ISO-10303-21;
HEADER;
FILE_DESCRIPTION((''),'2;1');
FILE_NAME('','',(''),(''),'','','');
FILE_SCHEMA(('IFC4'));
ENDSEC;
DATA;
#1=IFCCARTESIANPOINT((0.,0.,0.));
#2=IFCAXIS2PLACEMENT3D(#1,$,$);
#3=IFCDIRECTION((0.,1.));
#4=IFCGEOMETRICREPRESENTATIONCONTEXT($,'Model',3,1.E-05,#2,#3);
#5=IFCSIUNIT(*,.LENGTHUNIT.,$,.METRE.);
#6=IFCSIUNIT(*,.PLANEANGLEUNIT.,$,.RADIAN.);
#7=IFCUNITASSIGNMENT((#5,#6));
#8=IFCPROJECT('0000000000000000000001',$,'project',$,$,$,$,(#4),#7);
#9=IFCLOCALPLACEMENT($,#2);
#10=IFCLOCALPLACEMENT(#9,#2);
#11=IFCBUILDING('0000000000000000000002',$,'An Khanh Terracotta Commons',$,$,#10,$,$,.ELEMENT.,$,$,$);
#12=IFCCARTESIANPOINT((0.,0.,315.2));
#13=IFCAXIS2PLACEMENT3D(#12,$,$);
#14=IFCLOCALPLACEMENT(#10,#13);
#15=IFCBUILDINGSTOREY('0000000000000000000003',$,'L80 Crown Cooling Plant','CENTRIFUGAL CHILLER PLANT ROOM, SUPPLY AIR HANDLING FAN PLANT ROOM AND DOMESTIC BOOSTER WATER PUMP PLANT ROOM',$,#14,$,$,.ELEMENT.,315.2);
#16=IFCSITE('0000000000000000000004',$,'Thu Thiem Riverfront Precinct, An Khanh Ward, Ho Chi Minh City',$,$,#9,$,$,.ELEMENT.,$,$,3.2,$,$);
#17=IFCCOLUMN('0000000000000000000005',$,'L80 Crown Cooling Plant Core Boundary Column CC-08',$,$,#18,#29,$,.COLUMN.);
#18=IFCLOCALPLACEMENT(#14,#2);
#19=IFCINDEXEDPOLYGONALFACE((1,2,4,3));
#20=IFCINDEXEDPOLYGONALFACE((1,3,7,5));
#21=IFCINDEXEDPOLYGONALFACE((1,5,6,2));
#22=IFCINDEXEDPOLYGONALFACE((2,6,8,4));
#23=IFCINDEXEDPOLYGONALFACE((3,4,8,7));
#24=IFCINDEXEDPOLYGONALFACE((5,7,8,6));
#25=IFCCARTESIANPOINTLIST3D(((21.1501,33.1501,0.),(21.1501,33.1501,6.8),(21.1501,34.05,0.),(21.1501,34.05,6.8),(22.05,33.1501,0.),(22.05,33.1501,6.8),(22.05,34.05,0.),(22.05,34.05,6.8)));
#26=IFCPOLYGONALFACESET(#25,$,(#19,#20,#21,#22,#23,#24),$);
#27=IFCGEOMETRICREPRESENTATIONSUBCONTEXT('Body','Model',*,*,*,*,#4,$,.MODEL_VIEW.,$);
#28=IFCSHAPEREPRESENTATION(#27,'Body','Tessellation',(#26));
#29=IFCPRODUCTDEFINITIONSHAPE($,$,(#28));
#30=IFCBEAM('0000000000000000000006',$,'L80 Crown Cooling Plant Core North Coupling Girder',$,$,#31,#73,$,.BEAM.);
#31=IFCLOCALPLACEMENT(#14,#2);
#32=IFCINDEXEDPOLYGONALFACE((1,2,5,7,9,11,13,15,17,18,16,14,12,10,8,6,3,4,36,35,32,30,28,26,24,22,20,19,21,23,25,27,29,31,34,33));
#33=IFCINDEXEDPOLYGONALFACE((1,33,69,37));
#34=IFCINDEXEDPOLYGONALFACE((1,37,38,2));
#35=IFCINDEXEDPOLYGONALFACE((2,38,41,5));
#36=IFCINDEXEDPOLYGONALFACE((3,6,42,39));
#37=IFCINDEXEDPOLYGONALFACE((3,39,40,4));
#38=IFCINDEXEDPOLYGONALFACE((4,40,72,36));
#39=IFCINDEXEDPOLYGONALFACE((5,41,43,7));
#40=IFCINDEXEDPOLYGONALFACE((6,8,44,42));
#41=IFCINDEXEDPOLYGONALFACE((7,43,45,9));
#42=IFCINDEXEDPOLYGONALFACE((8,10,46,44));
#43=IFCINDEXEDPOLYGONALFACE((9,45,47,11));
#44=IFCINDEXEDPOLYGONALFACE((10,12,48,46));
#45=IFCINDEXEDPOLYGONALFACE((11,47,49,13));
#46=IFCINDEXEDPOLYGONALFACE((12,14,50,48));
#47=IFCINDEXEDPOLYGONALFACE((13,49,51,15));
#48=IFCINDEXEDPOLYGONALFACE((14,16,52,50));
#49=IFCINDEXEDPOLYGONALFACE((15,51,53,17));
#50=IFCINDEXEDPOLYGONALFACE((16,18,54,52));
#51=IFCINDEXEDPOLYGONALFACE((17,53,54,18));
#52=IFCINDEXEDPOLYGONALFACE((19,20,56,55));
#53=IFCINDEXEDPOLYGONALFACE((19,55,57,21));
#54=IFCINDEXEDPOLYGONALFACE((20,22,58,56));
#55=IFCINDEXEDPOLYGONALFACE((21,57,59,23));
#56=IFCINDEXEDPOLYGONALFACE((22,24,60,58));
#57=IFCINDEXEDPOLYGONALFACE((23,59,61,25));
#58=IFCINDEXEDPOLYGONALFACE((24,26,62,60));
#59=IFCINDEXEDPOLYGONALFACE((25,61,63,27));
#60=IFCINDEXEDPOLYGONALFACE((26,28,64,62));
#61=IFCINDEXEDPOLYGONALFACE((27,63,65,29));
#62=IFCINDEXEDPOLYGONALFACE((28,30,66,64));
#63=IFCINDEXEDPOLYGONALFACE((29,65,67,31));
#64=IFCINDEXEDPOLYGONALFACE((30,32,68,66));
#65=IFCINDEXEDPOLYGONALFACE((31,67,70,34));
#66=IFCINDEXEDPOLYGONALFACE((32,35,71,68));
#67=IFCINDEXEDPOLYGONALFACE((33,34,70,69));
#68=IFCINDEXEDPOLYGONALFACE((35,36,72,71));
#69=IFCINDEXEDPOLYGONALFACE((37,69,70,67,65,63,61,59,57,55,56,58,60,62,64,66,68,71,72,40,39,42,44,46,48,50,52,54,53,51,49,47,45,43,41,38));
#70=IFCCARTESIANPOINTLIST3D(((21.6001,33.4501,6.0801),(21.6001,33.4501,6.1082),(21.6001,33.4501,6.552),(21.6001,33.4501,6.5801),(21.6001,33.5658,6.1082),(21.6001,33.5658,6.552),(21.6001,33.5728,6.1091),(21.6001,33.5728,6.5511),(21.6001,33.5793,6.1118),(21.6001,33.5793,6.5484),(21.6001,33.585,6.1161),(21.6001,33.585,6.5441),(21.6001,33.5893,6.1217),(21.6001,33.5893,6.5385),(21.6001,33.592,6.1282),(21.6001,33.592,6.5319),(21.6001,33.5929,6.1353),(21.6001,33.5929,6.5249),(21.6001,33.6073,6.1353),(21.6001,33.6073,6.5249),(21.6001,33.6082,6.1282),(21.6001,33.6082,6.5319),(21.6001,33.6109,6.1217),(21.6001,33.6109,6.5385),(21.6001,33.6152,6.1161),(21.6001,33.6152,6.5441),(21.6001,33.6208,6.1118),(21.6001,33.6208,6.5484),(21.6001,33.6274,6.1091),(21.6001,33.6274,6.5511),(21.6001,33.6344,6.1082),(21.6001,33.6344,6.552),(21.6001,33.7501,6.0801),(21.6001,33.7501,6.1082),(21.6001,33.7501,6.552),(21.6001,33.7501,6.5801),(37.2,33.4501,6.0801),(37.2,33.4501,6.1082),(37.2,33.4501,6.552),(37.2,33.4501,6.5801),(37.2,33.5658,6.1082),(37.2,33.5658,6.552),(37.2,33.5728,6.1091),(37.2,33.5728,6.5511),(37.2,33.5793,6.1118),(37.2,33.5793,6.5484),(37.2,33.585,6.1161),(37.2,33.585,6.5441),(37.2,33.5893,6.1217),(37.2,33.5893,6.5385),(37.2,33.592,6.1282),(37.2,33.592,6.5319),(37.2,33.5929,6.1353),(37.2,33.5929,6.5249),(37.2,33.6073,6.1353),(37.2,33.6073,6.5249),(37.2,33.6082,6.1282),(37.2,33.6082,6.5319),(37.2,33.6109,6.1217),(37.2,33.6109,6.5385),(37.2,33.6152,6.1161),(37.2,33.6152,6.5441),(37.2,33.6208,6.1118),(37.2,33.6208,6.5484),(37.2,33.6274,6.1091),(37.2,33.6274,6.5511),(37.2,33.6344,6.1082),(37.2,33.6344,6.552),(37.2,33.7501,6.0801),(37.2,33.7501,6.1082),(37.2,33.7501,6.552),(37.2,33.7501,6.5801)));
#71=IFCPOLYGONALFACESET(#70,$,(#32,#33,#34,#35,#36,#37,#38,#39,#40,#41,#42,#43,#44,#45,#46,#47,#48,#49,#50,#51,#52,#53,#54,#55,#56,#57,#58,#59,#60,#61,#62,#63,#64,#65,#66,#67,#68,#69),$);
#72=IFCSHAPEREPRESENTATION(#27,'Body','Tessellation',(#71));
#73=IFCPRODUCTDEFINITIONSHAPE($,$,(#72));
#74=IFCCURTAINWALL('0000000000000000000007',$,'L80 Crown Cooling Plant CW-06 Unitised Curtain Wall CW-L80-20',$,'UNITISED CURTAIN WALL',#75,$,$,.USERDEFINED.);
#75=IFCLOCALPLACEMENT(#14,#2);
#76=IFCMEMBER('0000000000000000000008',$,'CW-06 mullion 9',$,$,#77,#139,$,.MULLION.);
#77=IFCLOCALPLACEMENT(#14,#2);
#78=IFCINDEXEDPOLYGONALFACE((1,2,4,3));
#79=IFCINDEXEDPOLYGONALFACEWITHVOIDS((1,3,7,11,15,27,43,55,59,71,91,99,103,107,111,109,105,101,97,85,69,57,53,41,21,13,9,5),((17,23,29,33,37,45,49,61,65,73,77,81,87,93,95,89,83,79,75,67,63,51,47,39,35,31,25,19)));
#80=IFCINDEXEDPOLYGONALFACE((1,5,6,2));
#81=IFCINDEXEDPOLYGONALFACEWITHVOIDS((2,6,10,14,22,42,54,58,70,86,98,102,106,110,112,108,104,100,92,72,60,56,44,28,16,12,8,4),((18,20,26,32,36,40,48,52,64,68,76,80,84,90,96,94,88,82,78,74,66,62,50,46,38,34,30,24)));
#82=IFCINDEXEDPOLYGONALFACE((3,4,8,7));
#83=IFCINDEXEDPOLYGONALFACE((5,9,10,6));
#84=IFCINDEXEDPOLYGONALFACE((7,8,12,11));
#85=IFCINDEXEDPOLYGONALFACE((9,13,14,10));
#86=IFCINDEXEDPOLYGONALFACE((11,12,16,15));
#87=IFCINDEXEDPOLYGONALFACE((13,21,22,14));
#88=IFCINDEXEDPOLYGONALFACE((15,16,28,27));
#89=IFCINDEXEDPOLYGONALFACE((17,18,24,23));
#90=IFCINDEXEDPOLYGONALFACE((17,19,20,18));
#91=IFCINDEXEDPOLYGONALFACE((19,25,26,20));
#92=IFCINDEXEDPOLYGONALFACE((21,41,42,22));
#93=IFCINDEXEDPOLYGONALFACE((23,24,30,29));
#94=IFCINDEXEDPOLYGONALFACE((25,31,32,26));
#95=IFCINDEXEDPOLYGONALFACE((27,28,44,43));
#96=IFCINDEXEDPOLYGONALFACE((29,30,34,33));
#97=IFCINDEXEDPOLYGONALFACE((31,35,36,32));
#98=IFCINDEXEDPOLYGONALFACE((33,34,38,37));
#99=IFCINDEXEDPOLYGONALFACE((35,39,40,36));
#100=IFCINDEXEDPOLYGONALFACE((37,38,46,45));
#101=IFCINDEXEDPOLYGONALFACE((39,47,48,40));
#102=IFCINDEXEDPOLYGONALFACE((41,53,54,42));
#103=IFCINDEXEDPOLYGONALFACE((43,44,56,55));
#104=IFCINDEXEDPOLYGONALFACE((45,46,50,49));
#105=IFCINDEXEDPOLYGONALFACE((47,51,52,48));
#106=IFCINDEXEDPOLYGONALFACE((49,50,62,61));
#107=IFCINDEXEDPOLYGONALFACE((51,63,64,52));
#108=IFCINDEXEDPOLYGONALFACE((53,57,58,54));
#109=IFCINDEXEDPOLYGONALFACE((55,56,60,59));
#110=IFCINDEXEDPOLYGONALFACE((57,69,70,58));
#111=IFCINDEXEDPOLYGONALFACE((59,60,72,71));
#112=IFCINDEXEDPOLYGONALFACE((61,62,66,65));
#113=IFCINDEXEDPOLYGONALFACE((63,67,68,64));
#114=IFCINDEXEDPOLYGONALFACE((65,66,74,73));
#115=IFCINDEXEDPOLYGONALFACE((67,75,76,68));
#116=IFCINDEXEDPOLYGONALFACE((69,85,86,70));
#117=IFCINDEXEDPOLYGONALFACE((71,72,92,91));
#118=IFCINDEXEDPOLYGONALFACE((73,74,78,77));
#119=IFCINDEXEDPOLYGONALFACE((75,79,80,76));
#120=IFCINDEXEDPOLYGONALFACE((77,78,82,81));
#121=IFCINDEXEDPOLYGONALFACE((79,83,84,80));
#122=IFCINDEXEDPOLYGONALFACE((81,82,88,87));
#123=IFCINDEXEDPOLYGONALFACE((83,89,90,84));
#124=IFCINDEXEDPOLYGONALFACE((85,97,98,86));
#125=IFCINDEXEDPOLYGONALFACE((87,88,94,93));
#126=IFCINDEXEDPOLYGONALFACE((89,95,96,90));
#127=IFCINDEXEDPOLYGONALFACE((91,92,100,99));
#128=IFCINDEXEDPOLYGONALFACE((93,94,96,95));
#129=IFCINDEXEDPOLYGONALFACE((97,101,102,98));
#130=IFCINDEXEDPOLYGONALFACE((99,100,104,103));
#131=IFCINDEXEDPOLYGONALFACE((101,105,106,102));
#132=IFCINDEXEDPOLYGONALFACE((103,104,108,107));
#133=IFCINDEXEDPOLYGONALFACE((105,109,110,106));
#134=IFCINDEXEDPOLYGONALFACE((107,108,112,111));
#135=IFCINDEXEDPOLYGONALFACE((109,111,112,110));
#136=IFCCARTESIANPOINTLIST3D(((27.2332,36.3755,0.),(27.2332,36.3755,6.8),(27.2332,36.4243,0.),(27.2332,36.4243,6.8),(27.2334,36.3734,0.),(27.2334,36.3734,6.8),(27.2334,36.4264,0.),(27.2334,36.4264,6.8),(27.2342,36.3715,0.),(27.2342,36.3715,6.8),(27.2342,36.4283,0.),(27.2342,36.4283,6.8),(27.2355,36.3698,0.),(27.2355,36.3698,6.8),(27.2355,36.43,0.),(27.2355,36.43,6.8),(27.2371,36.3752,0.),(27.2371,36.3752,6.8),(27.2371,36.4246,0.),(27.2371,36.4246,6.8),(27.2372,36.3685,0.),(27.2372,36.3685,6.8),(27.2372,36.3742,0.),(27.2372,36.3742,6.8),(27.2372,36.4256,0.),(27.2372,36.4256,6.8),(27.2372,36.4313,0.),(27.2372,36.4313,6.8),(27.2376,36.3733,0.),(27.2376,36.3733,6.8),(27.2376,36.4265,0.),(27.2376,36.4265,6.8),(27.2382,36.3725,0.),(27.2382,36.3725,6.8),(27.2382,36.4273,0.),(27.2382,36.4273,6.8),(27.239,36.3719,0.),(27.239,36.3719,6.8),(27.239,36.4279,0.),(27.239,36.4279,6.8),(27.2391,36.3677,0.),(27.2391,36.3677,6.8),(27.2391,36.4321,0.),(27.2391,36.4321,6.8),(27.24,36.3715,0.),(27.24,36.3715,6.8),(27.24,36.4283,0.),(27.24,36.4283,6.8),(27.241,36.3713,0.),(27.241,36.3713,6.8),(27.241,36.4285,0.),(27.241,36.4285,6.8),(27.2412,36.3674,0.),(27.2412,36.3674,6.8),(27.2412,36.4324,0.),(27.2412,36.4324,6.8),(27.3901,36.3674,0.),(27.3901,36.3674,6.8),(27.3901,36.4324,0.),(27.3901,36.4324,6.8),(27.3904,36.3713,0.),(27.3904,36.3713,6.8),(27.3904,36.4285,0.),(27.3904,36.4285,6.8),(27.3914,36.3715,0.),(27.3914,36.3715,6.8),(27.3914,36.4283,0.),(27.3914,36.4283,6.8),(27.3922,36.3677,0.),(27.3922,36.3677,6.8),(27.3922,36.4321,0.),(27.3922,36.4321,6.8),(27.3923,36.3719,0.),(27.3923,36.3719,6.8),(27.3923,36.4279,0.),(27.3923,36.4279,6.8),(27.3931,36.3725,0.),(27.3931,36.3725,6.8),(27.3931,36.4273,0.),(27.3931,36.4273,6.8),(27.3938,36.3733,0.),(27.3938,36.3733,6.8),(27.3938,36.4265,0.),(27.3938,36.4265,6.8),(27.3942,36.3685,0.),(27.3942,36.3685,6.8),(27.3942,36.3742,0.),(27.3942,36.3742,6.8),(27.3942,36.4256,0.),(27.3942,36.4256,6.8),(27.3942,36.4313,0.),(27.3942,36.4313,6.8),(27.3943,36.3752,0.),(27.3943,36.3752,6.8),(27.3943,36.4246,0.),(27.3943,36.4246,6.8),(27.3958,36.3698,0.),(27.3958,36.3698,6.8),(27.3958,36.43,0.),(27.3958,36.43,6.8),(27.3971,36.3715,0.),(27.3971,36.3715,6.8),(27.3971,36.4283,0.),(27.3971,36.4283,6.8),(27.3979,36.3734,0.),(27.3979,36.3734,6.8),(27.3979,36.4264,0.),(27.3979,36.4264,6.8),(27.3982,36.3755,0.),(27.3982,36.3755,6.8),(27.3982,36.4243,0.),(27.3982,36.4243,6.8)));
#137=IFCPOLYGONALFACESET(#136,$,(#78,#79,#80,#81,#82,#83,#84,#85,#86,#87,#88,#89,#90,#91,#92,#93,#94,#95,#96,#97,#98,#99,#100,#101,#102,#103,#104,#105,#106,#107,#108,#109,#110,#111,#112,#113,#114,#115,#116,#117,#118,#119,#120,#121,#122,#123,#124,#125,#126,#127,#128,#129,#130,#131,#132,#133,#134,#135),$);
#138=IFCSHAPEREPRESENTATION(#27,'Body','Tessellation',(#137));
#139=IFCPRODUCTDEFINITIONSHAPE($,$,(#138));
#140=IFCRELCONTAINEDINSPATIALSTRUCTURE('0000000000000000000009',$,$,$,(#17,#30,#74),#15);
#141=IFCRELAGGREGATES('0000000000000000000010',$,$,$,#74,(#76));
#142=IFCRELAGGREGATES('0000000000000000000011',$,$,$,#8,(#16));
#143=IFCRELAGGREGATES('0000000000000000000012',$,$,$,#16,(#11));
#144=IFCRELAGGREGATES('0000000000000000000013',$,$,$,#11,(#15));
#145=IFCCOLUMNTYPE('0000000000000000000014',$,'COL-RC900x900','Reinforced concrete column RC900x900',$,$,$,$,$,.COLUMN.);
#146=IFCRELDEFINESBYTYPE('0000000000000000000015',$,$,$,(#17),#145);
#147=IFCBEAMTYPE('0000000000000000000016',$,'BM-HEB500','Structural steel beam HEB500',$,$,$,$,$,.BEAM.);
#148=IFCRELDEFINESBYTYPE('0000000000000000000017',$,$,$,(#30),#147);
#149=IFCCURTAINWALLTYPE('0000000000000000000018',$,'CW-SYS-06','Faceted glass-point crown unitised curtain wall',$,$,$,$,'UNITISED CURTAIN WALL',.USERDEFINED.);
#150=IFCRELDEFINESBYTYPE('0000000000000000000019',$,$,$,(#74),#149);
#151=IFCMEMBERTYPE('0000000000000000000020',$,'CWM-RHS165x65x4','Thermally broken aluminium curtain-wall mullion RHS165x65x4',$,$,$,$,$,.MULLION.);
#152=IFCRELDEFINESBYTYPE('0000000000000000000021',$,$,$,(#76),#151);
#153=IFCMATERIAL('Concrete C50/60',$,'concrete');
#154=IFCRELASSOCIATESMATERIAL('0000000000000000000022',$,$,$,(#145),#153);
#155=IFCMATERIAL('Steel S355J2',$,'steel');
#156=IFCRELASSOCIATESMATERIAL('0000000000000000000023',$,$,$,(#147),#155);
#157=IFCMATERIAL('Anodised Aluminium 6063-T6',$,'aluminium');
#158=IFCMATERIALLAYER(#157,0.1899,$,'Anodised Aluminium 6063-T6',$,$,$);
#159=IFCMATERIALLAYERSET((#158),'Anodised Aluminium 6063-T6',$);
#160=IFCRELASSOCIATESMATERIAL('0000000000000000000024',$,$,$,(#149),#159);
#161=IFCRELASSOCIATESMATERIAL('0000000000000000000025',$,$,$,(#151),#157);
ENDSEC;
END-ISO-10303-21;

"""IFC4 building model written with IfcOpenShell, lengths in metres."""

from ifc_helpers import new_model, si_unit, direction, frame, origin, origin_2d, place, context, subcontext, project, spatial, rectangle, hollow_rectangle, i_section, extrude, material, layer, layer_set, material_profile, profile_set, type_object, element, aggregate, save


model = new_model("IFC4")

# Units and contexts
model_context = context("Model", 3, precision=1e-05, world=origin(), true_north=direction((0.0, 1.0)))
body_context = subcontext(model_context, "Body", "Model", "MODEL_VIEW")
ifc_project = project(units=[si_unit("LENGTHUNIT", "METRE"), si_unit("PLANEANGLEUNIT", "RADIAN")], contexts=[model_context])

# Site, building, storey
site_placement = place(None, origin())
site = spatial("IfcSite", under=ifc_project, at=site_placement, Name="Thu Thiem Riverfront Precinct, An Khanh Ward, Ho Chi Minh City", CompositionType="ELEMENT", RefElevation=3.2)
building_placement = place(site_placement, origin())
building = spatial("IfcBuilding", under=site, at=building_placement, Name="An Khanh Terracotta Commons", CompositionType="ELEMENT")
storey_placement = place(building_placement, frame((0.0, 0.0, 315.2)))
storey = spatial("IfcBuildingStorey", under=building, at=storey_placement, Name="L80 Crown Cooling Plant", Description="CENTRIFUGAL CHILLER PLANT ROOM, SUPPLY AIR HANDLING FAN PLANT ROOM AND DOMESTIC BOOSTER WATER PUMP PLANT ROOM", CompositionType="ELEMENT", Elevation=315.2)

# Column
ifc_material_1 = material(Name="Concrete C50/60", Category="concrete")
ifc_material_profile_1 = material_profile(ifc_material_1, rectangle(XDim=0.8999, YDim=0.8999, at=origin_2d()), Name="RC900x900")
ifc_profile_set_1 = profile_set([ifc_material_profile_1], Name="Concrete C50/60")
column_type = type_object("IfcColumnType", Name="COL-RC900x900", Description="Reinforced concrete column RC900x900", PredefinedType="COLUMN", material=ifc_profile_set_1)
column_placement = place(storey_placement, frame((21.6001, 33.6001, 0.0), z_axis=(0.0, 0.0, 1.0), x_axis=(1.0, 0.0, 0.0)))
element("IfcColumn", 1, at=column_placement, inside=storey, type_object=column_type, Name="L80 Crown Cooling Plant Core Boundary Column CC-08", PredefinedType="COLUMN", context=body_context, shape_type="SweptSolid", body=[
    extrude(rectangle(XDim=0.8999, YDim=0.8999, at=origin_2d()), origin(), (0.0, 0.0, 1.0), 6.8),
])

# Beam
ifc_material_2 = material(Name="Steel S355J2", Category="steel")
ifc_material_profile_2 = material_profile(ifc_material_2, i_section(OverallWidth=0.3, OverallDepth=0.5, WebThickness=0.0144, FlangeThickness=0.0281, FilletRadius=0.0271, at=origin_2d()), Name="HEB500")
ifc_profile_set_2 = profile_set([ifc_material_profile_2], Name="Steel S355J2")
beam_type = type_object("IfcBeamType", Name="BM-HEB500", Description="Structural steel beam HEB500", PredefinedType="BEAM", material=ifc_profile_set_2)
beam_placement = place(storey_placement, frame((21.6001, 33.6001, 6.3301), z_axis=(1.0, 0.0, 0.0), x_axis=(0.0, 1.0, 0.0)))
element("IfcBeam", 2, at=beam_placement, inside=storey, type_object=beam_type, Name="L80 Crown Cooling Plant Core North Coupling Girder", PredefinedType="BEAM", context=body_context, shape_type="SweptSolid", body=[
    extrude(i_section(OverallWidth=0.3, OverallDepth=0.5, WebThickness=0.0144, FlangeThickness=0.0281, FilletRadius=0.0271, at=origin_2d()), origin(), (0.0, 0.0, 1.0), 15.5999),
])

# Curtain wall, member
ifc_material_3 = material(Name="Anodised Aluminium 6063-T6", Category="aluminium")
ifc_layer_1 = layer(ifc_material_3, 0.1899, Name="Anodised Aluminium 6063-T6")
ifc_layer_set_1 = layer_set([ifc_layer_1], Name="Anodised Aluminium 6063-T6")
curtain_wall_type = type_object("IfcCurtainWallType", Name="CW-SYS-06", Description="Faceted glass-point crown unitised curtain wall", ElementType="UNITISED CURTAIN WALL", PredefinedType="USERDEFINED", material=ifc_layer_set_1)
curtain_wall_1_placement = place(storey_placement, origin())
curtain_wall_1 = element("IfcCurtainWall", 3, at=curtain_wall_1_placement, inside=storey, type_object=curtain_wall_type, Name="L80 Crown Cooling Plant CW-06 Unitised Curtain Wall CW-L80-20", ObjectType="UNITISED CURTAIN WALL", PredefinedType="USERDEFINED")
ifc_material_profile_3 = material_profile(ifc_material_3, hollow_rectangle(XDim=0.0649, YDim=0.165, WallThickness=0.0039, InnerFilletRadius=0.0039, OuterFilletRadius=0.0081, at=origin_2d()), Name="RHS165x65x4")
ifc_profile_set_3 = profile_set([ifc_material_profile_3], Name="Anodised Aluminium 6063-T6")
member_type_1 = type_object("IfcMemberType", Name="CWM-RHS165x65x4", Description="Thermally broken aluminium curtain-wall mullion RHS165x65x4", PredefinedType="MULLION", material=ifc_profile_set_3)
member_1_placement = place(storey_placement, frame((27.3157, 36.3999, 0.0), z_axis=(0.0, 0.0, 1.0), x_axis=(0.0, -1.0, 0.0)))
member_1 = element("IfcMember", 4, at=member_1_placement, type_object=member_type_1, Name="CW-06 mullion 9", PredefinedType="MULLION", context=body_context, shape_type="SweptSolid", body=[
    extrude(hollow_rectangle(XDim=0.0649, YDim=0.165, WallThickness=0.0039, InnerFilletRadius=0.0039, OuterFilletRadius=0.0081, at=origin_2d()), origin(), (0.0, 0.0, 1.0), 6.8),
])

aggregate(curtain_wall_1, [member_1])

save(model, "model.ifc")
